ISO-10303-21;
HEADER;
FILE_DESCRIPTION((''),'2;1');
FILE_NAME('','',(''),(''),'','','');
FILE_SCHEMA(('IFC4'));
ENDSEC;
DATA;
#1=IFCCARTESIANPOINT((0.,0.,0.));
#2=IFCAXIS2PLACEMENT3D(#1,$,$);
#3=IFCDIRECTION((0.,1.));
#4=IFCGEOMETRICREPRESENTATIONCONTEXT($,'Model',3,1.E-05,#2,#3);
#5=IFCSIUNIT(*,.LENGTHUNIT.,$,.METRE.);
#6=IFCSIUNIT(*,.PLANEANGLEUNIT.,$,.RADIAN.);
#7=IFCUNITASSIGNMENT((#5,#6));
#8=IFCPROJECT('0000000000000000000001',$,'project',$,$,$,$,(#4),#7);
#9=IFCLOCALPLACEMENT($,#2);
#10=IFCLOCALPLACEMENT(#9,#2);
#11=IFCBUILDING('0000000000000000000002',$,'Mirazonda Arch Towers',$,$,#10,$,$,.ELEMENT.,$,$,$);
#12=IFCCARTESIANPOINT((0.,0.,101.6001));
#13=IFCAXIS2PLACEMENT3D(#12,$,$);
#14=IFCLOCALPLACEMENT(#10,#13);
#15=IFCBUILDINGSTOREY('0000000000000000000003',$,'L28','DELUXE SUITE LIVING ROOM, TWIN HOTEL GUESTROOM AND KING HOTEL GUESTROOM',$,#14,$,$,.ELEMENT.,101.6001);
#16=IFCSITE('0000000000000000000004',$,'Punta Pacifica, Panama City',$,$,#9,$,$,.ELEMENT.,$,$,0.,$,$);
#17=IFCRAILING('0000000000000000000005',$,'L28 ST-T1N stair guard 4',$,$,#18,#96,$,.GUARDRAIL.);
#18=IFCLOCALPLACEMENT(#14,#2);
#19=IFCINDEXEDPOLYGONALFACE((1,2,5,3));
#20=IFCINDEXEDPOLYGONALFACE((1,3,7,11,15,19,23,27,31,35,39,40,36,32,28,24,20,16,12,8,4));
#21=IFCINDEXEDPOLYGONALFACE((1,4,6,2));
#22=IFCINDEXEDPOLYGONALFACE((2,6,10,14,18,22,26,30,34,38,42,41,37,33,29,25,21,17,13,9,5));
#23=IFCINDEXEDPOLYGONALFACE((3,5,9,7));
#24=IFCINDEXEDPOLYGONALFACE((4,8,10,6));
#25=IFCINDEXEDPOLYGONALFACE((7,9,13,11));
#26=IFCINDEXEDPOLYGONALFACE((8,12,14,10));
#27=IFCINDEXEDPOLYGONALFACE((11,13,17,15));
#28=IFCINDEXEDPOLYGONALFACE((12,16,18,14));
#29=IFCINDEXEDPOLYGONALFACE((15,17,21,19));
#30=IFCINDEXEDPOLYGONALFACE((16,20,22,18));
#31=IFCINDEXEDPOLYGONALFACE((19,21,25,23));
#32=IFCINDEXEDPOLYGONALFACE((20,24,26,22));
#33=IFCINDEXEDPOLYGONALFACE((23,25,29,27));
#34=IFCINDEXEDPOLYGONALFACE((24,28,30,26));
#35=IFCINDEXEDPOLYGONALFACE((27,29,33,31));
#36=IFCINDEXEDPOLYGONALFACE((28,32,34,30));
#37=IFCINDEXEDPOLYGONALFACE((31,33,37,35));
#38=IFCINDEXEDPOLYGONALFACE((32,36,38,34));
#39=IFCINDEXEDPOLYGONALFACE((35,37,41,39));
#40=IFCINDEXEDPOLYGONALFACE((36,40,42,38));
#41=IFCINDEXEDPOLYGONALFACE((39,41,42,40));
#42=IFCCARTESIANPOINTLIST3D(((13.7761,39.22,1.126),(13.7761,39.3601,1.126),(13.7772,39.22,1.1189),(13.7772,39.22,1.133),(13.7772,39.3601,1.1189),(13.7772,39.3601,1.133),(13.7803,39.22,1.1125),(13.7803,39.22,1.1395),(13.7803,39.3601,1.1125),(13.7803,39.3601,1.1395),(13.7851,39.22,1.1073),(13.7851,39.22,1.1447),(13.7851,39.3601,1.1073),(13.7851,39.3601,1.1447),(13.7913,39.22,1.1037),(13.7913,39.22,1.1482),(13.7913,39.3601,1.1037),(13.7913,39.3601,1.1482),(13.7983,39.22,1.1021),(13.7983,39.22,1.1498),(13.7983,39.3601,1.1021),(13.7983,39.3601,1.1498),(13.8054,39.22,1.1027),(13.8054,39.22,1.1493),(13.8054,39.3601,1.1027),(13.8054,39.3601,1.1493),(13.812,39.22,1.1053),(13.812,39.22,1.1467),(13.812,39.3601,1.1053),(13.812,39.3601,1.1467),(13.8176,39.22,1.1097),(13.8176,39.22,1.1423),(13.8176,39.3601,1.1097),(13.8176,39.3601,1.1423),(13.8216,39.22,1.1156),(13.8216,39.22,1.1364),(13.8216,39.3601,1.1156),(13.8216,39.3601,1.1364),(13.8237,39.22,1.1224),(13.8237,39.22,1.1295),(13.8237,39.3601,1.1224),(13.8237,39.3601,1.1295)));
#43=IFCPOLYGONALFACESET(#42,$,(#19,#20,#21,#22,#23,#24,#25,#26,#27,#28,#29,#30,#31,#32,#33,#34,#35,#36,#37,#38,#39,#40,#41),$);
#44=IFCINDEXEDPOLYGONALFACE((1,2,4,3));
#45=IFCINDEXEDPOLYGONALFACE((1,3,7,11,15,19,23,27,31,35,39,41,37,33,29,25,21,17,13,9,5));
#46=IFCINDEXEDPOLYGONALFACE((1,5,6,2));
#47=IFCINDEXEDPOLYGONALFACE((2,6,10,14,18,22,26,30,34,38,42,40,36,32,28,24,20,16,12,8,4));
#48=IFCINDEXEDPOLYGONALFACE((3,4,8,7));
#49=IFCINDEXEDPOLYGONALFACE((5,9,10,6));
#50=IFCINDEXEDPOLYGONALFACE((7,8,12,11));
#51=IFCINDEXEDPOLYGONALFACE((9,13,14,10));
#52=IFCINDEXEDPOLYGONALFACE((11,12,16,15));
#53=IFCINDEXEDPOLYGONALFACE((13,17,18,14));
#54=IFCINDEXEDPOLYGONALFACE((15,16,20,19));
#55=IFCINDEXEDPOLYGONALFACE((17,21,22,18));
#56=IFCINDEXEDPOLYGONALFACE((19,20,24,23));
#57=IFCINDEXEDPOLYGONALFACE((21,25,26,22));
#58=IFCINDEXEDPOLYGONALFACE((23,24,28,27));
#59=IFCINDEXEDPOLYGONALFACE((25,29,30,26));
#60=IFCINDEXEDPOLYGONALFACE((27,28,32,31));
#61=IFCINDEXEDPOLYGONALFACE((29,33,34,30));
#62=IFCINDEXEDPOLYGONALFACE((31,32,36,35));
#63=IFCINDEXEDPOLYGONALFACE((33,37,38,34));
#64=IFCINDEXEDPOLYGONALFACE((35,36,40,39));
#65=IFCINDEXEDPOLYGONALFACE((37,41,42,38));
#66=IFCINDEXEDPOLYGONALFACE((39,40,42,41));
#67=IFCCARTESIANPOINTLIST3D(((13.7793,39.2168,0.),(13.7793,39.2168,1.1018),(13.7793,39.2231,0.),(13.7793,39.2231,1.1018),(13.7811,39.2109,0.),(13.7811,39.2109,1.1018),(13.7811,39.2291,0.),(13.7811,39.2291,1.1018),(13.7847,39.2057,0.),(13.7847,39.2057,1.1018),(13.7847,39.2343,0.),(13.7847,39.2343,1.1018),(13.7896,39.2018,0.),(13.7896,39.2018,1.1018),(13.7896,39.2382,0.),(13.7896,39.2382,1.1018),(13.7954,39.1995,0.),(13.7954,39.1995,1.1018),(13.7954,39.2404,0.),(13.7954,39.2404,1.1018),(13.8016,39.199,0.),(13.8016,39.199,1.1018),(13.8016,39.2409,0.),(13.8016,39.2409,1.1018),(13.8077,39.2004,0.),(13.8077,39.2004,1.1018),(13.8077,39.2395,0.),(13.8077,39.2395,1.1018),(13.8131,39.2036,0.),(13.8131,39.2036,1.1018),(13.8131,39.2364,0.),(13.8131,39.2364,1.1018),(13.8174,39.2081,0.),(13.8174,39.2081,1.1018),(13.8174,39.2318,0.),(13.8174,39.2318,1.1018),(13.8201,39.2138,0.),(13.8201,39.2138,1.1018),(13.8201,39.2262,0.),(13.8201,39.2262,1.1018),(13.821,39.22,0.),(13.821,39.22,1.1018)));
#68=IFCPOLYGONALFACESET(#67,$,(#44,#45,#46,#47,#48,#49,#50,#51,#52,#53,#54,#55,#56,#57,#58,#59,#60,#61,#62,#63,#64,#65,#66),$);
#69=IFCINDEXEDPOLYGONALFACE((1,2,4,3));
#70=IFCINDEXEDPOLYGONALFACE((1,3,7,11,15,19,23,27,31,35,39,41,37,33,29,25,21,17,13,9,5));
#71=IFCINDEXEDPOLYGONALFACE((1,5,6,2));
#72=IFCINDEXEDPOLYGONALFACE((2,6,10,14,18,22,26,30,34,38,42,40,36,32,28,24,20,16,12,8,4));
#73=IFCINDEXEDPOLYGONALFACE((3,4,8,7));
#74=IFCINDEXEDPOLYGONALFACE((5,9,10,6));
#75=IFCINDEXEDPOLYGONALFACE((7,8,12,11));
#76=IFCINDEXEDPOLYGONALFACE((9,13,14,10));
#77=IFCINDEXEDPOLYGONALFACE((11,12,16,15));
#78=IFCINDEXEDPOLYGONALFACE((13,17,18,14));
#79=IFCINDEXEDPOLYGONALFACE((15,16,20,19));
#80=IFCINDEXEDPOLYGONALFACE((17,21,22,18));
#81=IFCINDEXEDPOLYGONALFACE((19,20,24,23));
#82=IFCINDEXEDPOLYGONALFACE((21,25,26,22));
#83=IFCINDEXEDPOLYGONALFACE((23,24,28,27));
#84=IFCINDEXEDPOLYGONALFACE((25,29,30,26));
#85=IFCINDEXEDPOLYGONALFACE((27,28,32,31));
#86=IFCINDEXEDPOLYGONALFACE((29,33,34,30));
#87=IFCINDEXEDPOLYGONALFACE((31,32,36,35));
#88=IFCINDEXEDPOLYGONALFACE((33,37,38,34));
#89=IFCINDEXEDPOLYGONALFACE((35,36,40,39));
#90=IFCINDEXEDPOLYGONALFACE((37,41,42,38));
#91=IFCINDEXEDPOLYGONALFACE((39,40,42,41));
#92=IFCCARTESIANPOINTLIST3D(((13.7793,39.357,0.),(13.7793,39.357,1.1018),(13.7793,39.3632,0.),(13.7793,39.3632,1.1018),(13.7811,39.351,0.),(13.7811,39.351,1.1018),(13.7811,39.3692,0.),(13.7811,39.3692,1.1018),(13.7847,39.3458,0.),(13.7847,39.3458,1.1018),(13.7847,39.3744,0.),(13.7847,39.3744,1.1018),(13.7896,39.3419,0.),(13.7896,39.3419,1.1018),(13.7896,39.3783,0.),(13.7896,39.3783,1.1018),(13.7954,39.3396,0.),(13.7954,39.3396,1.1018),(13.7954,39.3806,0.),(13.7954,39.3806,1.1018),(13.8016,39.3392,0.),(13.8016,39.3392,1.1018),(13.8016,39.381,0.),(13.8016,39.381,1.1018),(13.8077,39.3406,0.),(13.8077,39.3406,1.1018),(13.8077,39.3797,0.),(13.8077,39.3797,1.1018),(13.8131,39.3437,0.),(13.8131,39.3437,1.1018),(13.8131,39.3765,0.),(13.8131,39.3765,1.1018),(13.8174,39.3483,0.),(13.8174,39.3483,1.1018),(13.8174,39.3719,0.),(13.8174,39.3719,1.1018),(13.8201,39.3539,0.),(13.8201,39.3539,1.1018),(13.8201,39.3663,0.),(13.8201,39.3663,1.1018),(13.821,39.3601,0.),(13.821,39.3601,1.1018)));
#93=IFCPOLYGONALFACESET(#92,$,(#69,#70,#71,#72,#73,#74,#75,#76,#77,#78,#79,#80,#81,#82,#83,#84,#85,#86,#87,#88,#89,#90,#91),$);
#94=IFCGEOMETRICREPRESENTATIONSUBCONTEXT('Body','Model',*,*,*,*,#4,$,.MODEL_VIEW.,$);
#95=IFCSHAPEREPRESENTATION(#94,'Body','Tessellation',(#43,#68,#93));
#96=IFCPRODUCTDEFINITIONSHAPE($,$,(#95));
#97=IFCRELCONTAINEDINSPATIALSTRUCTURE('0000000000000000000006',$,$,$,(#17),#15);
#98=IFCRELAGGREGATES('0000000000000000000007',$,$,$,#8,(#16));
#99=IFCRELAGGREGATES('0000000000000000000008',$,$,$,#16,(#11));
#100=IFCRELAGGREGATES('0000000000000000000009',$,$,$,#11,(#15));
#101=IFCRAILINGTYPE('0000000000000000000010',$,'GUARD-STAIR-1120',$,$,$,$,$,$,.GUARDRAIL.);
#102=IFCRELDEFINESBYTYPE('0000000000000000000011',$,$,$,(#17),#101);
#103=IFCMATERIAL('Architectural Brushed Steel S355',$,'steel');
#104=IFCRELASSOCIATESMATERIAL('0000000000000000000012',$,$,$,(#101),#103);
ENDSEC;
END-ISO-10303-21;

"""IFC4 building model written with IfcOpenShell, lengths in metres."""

from ifc_helpers import new_model, si_unit, direction, frame, origin, origin_2d, place, context, subcontext, project, spatial, circle, extrude, material, type_object, element, save


model = new_model("IFC4")

# Units and contexts
model_context = context("Model", 3, precision=1e-05, world=origin(), true_north=direction((0.0, 1.0)))
body_context = subcontext(model_context, "Body", "Model", "MODEL_VIEW")
ifc_project = project(units=[si_unit("LENGTHUNIT", "METRE"), si_unit("PLANEANGLEUNIT", "RADIAN")], contexts=[model_context])

# Site, building, storey
site_placement = place(None, origin())
site = spatial("IfcSite", under=ifc_project, at=site_placement, Name="Punta Pacifica, Panama City", CompositionType="ELEMENT", RefElevation=0.0)
building_placement = place(site_placement, origin())
building = spatial("IfcBuilding", under=site, at=building_placement, Name="Mirazonda Arch Towers", CompositionType="ELEMENT")
storey_placement = place(building_placement, frame((0.0, 0.0, 101.6001)))
storey = spatial("IfcBuildingStorey", under=building, at=storey_placement, Name="L28", Description="DELUXE SUITE LIVING ROOM, TWIN HOTEL GUESTROOM AND KING HOTEL GUESTROOM", CompositionType="ELEMENT", Elevation=101.6001)

# Shared definitions
ifc_material_1 = material(Name="Architectural Brushed Steel S355", Category="steel")

# Railing
railing_type_1 = type_object("IfcRailingType", Name="GUARD-STAIR-1120", PredefinedType="GUARDRAIL", material=ifc_material_1)
railing_1_placement = place(storey_placement, frame((13.8, 39.22, 0.0)))
element("IfcRailing", 1, at=railing_1_placement, inside=storey, type_object=railing_type_1, Name="L28 ST-T1N stair guard 4", PredefinedType="GUARDRAIL", context=body_context, shape_type="SweptSolid", body=[
    extrude(circle(Radius=0.0239, at=origin_2d()), frame((0.0, 0.0, 1.126), z_axis=(0.0, 1.0, 0.0), x_axis=(-1.0, 0.0, 0.0)), (0.0, 0.0, 1.0), 0.1401),
    extrude(circle(Radius=0.021, at=origin_2d()), origin(), (0.0, 0.0, 1.0), 1.1018),
    extrude(circle(Radius=0.021, at=origin_2d()), frame((0.0, 0.1401, 0.0)), (0.0, 0.0, 1.0), 1.1018),
])

save(model, "model.ifc")
